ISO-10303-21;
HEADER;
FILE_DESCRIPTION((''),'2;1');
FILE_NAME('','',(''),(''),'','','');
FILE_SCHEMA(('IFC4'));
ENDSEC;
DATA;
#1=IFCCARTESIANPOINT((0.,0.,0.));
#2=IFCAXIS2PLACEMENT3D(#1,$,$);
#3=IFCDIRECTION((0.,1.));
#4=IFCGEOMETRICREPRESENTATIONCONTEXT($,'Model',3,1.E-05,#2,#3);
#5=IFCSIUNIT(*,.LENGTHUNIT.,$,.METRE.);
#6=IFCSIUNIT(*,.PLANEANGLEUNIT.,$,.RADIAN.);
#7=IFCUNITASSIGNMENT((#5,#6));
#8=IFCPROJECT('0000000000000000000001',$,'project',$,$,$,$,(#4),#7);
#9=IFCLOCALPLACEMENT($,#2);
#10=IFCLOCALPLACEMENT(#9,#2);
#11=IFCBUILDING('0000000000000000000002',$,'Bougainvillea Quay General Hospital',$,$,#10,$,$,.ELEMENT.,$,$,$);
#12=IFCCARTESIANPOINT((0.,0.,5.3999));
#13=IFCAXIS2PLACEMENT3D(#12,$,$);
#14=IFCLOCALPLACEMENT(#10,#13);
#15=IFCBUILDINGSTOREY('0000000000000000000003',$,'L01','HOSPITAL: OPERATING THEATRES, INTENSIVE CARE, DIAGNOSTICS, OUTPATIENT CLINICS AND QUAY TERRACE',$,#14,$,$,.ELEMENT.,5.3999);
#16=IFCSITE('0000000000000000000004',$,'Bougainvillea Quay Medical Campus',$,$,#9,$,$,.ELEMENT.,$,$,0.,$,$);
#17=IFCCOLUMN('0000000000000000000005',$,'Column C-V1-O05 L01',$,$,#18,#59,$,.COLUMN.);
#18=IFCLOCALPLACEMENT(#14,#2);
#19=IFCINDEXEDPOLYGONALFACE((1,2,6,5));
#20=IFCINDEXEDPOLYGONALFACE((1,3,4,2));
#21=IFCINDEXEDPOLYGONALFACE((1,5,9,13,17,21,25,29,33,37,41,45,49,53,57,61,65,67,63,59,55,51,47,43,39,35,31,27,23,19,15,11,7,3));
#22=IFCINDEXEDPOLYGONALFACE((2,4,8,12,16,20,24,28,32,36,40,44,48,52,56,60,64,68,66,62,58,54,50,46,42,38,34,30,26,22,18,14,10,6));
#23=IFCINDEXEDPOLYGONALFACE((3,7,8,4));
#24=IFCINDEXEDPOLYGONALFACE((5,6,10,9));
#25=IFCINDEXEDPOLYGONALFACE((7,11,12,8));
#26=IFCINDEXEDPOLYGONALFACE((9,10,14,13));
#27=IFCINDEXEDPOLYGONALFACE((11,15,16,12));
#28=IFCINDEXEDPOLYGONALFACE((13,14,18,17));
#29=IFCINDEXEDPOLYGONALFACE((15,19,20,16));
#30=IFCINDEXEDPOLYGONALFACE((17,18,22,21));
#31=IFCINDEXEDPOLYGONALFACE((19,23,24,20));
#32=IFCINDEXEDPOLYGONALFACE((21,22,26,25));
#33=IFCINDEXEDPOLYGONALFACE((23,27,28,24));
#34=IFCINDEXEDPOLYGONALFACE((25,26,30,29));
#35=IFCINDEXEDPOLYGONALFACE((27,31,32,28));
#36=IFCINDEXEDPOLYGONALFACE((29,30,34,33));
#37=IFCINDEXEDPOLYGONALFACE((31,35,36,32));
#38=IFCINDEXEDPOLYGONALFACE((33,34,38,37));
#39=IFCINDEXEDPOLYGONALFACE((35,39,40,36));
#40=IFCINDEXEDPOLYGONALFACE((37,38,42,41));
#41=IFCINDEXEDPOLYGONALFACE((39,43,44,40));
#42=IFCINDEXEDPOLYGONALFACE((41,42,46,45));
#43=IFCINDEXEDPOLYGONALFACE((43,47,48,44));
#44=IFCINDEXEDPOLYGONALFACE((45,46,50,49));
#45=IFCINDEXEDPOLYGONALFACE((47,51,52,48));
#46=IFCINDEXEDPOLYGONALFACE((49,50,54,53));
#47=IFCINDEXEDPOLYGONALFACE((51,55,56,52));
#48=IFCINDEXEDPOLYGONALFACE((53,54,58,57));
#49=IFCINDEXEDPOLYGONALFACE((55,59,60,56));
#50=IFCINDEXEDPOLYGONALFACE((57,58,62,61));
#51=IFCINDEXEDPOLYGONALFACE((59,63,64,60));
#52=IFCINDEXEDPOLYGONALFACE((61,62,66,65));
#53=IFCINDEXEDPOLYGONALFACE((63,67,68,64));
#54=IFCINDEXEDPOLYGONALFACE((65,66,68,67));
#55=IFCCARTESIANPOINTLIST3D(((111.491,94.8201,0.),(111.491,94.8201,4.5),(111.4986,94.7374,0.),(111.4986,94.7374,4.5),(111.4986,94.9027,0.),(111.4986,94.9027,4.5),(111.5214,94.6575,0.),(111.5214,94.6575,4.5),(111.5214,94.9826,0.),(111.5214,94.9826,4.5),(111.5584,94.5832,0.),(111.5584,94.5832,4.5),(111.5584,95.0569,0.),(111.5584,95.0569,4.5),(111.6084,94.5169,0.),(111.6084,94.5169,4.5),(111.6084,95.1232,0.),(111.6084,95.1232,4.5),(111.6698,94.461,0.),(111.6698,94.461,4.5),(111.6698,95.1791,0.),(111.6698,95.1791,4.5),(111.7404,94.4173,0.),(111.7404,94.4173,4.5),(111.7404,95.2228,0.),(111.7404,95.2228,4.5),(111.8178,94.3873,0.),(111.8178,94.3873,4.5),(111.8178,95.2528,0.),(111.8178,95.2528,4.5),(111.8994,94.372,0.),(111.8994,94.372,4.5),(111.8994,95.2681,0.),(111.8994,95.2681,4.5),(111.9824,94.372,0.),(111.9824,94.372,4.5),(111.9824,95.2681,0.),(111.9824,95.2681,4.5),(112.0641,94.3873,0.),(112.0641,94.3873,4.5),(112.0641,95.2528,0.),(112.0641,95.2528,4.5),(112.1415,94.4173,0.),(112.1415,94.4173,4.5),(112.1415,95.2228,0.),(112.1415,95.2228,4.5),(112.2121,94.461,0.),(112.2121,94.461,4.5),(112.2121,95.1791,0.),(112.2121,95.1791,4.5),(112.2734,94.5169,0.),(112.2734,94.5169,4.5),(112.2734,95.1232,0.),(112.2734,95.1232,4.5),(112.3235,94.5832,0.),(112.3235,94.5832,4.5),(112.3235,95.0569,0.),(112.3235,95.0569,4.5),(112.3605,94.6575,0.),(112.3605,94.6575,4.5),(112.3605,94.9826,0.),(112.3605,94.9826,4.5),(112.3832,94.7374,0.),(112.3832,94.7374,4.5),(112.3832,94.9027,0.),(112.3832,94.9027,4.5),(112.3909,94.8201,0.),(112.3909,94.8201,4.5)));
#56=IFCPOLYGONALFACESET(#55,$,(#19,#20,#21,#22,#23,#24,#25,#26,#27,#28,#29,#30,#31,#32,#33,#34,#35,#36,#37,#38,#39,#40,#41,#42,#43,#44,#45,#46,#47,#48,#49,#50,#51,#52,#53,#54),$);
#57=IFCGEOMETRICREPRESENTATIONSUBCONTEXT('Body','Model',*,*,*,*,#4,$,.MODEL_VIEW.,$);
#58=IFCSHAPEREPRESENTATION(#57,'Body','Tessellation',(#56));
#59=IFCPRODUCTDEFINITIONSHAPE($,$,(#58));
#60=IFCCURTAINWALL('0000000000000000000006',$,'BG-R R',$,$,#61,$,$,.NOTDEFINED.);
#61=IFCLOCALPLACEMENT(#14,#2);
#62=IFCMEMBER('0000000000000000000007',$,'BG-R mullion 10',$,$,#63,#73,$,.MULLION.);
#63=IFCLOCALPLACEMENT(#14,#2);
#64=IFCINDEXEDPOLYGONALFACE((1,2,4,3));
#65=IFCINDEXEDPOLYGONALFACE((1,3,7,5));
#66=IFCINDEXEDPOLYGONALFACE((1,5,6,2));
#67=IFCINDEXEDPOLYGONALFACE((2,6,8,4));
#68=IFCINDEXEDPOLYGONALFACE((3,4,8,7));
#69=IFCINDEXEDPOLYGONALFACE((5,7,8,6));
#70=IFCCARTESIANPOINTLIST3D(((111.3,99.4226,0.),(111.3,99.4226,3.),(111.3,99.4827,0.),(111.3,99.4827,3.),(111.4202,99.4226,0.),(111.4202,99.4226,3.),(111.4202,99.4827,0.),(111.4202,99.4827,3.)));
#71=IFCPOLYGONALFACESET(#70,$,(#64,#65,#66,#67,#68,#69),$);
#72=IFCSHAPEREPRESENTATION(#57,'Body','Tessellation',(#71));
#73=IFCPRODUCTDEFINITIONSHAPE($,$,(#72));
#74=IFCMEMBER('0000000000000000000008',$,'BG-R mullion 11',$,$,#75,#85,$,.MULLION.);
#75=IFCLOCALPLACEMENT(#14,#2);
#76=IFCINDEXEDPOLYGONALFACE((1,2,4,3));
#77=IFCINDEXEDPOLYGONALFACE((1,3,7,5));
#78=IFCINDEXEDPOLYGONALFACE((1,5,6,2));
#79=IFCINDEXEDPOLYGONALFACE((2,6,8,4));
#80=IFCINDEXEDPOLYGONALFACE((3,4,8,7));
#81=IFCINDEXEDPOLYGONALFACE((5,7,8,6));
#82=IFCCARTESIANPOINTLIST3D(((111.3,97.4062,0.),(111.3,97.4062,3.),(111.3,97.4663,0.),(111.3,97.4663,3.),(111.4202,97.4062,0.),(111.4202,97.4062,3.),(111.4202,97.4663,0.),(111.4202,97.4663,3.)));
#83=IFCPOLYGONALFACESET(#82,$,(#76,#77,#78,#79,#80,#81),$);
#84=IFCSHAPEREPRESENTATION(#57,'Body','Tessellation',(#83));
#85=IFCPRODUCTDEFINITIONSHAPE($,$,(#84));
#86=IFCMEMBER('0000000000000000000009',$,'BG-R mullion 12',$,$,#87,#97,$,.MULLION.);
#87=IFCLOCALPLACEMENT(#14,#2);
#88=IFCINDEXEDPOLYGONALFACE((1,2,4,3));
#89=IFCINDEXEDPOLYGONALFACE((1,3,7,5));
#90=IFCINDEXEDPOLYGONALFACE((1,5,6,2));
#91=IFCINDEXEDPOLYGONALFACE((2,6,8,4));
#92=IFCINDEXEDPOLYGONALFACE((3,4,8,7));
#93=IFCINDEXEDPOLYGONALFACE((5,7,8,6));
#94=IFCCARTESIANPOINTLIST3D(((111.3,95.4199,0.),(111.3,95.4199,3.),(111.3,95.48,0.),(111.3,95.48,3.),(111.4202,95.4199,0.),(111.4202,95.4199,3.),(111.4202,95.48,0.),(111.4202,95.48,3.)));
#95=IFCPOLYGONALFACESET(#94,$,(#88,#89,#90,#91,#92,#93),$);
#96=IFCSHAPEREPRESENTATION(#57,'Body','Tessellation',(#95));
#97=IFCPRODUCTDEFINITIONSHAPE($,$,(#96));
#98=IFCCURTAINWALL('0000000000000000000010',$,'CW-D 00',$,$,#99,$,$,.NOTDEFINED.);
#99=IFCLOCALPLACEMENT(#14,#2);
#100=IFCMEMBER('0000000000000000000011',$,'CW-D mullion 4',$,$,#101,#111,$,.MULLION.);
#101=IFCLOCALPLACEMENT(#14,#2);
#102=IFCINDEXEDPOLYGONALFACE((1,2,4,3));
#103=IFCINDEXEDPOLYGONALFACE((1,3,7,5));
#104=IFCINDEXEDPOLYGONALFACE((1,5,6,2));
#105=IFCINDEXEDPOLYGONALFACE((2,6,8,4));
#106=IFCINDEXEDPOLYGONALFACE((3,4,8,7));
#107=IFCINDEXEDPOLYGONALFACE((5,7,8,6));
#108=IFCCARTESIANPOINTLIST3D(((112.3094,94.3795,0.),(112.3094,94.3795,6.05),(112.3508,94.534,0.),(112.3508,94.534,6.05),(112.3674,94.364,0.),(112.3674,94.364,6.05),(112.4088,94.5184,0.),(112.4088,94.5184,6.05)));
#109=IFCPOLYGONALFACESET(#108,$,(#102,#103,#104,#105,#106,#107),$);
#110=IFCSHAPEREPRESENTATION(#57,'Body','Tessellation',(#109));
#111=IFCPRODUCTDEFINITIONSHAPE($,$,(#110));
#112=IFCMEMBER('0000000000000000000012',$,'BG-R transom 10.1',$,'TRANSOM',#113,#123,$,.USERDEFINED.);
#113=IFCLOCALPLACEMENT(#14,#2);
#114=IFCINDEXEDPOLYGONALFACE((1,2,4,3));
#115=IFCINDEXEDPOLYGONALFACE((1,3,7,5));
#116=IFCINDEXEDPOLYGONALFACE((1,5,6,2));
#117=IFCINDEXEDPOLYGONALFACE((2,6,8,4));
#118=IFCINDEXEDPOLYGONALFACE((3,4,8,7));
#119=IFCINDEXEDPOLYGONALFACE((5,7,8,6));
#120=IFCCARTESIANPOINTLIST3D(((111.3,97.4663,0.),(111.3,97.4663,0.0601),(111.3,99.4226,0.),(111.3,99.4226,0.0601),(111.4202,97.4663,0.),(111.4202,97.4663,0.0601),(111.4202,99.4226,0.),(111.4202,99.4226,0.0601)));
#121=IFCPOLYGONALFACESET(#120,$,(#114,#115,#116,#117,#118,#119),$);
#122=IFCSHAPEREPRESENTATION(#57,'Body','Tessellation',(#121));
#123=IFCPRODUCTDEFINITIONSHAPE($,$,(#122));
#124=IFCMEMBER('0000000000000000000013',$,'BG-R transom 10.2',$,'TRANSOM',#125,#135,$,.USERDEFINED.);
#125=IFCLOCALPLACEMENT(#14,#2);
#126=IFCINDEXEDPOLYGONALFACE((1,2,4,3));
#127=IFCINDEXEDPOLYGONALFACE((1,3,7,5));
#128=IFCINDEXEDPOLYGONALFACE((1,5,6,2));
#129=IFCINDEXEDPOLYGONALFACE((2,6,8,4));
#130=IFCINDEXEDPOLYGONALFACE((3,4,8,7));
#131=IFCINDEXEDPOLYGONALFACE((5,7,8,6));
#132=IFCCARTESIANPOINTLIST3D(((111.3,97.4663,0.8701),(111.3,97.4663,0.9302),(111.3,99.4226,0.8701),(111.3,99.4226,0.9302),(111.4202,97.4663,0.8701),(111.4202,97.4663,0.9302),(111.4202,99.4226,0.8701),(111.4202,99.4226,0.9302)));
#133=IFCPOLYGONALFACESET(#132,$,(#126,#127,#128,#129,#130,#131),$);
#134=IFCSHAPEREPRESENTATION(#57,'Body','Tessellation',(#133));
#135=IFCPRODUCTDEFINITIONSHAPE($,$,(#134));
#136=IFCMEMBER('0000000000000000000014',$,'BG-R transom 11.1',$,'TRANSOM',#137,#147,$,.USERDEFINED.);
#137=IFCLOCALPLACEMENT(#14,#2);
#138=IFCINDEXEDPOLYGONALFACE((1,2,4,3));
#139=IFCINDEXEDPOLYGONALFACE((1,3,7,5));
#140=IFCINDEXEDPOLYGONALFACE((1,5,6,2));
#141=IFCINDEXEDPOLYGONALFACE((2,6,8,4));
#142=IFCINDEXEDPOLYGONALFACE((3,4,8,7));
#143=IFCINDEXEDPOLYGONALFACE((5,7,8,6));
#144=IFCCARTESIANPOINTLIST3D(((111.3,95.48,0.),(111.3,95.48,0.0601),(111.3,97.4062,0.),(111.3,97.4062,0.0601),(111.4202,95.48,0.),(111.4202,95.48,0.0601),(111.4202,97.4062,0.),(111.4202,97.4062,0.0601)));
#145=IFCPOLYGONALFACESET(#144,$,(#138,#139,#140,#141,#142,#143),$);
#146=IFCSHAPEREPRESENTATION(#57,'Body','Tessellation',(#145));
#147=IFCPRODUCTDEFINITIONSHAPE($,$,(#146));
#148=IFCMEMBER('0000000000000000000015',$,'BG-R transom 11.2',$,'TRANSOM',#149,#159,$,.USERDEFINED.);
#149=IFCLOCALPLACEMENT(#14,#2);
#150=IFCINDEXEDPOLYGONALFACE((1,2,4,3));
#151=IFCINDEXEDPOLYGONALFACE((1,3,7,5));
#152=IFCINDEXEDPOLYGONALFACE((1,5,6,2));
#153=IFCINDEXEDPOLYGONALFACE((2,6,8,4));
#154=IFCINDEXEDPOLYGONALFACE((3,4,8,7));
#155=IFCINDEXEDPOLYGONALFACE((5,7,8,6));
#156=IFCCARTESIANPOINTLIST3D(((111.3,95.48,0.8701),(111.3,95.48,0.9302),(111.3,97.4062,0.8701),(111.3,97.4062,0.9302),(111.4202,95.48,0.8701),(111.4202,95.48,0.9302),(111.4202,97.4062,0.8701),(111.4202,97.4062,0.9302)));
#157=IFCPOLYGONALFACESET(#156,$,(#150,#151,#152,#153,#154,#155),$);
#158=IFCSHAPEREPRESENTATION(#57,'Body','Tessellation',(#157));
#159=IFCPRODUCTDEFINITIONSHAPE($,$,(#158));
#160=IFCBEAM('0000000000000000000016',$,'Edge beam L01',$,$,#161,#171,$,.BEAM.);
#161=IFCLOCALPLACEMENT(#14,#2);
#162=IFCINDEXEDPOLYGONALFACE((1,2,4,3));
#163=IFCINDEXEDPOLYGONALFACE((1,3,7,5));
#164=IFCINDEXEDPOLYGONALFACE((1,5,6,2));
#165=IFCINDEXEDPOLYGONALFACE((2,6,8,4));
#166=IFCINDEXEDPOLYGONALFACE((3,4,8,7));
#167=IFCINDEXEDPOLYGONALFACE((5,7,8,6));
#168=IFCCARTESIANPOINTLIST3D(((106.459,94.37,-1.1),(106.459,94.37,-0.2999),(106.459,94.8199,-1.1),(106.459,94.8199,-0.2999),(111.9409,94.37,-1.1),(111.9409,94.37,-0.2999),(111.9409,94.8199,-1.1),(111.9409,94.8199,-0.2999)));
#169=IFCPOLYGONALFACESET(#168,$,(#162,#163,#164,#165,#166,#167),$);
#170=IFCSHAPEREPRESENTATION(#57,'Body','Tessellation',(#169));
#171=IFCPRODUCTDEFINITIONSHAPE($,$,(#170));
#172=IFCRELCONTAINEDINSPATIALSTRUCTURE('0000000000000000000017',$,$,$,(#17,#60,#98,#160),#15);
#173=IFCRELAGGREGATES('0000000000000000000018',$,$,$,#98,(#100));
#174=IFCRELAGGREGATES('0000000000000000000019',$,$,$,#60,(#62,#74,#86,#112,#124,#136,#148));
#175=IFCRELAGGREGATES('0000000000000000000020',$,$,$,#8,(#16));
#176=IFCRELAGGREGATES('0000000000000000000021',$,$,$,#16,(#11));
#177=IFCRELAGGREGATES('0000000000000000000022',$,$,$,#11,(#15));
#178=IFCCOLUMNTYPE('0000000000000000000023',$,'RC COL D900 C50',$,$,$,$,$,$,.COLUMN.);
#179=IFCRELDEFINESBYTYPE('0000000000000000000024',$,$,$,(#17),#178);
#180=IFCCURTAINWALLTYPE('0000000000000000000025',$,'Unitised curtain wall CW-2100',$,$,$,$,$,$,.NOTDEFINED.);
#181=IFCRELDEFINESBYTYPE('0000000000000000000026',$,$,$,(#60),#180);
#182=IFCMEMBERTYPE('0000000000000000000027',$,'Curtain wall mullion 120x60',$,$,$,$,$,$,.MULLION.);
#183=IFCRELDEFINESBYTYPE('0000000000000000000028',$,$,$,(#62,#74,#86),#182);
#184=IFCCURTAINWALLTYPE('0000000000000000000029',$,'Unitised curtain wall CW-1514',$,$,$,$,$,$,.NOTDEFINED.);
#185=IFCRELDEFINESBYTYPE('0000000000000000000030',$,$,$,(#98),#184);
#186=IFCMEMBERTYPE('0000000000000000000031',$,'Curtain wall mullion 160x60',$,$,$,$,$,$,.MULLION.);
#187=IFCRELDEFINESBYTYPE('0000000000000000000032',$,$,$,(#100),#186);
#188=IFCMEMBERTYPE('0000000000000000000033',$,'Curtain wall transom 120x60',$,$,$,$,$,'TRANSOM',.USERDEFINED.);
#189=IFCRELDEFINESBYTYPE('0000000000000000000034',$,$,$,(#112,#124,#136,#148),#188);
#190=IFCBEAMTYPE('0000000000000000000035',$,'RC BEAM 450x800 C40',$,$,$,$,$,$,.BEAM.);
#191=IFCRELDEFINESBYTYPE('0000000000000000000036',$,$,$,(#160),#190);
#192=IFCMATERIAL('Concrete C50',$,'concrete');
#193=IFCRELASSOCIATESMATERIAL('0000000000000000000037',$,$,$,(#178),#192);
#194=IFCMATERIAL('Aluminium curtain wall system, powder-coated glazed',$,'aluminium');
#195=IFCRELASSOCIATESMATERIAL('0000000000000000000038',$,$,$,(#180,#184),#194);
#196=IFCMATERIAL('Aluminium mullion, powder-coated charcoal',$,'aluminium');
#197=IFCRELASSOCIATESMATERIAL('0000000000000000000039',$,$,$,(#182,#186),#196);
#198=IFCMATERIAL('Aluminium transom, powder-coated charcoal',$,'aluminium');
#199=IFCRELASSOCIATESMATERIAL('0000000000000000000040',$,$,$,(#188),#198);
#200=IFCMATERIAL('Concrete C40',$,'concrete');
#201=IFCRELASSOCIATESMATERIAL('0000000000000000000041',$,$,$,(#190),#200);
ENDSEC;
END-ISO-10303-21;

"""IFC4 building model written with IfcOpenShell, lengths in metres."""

from ifc_helpers import new_model, si_unit, direction, frame, origin, origin_2d, place, context, subcontext, project, spatial, rectangle, circle, extrude, material, material_profile, profile_set, type_object, element, aggregate, save


model = new_model("IFC4")

# Units and contexts
model_context = context("Model", 3, precision=1e-05, world=origin(), true_north=direction((0.0, 1.0)))
body_context = subcontext(model_context, "Body", "Model", "MODEL_VIEW")
ifc_project = project(units=[si_unit("LENGTHUNIT", "METRE"), si_unit("PLANEANGLEUNIT", "RADIAN")], contexts=[model_context])

# Site, building, storey
site_placement = place(None, origin())
site = spatial("IfcSite", under=ifc_project, at=site_placement, Name="Bougainvillea Quay Medical Campus", CompositionType="ELEMENT", RefElevation=0.0)
building_placement = place(site_placement, origin())
building = spatial("IfcBuilding", under=site, at=building_placement, Name="Bougainvillea Quay General Hospital", CompositionType="ELEMENT")
storey_placement = place(building_placement, frame((0.0, 0.0, 5.3999)))
storey = spatial("IfcBuildingStorey", under=building, at=storey_placement, Name="L01", Description="HOSPITAL: OPERATING THEATRES, INTENSIVE CARE, DIAGNOSTICS, OUTPATIENT CLINICS AND QUAY TERRACE", CompositionType="ELEMENT", Elevation=5.3999)

# Column
ifc_material_1 = material(Name="Concrete C50", Category="concrete")
ifc_material_profile_1 = material_profile(ifc_material_1, circle(Radius=0.45, at=origin_2d()))
ifc_profile_set_1 = profile_set([ifc_material_profile_1], Name="Concrete C50")
column_type = type_object("IfcColumnType", Name="RC COL D900 C50", PredefinedType="COLUMN", material=ifc_profile_set_1)
column_placement = place(storey_placement, frame((111.9409, 94.8201, 0.0), z_axis=(0.0, 0.0, 1.0), x_axis=(1.0, 0.0, 0.0)))
element("IfcColumn", 1, at=column_placement, inside=storey, type_object=column_type, Name="Column C-V1-O05 L01", PredefinedType="COLUMN", context=body_context, shape_type="SweptSolid", body=[
    extrude(circle(Radius=0.45, at=origin_2d()), origin(), (0.0, 0.0, 1.0), 4.5),
])

# Curtain wall, members
ifc_material_2 = material(Name="Aluminium curtain wall system, powder-coated glazed", Category="aluminium")
curtain_wall_type_1 = type_object("IfcCurtainWallType", Name="Unitised curtain wall CW-2100", PredefinedType="NOTDEFINED", material=ifc_material_2)
curtain_wall_1_placement = place(storey_placement, origin())
curtain_wall_1 = element("IfcCurtainWall", 2, at=curtain_wall_1_placement, inside=storey, type_object=curtain_wall_type_1, Name="BG-R R", PredefinedType="NOTDEFINED")
ifc_material_3 = material(Name="Aluminium mullion, powder-coated charcoal", Category="aluminium")
ifc_material_profile_2 = material_profile(ifc_material_3, rectangle(XDim=0.1201, YDim=0.0601, at=origin_2d()))
ifc_profile_set_2 = profile_set([ifc_material_profile_2], Name="Aluminium mullion, powder-coated charcoal")
member_type_1 = type_object("IfcMemberType", Name="Curtain wall mullion 120x60", PredefinedType="MULLION", material=ifc_profile_set_2)
member_1_placement = place(storey_placement, frame((111.3601, 99.4526, 0.0), z_axis=(0.0, 0.0, 1.0), x_axis=(1.0, 0.0, 0.0)))
member_1 = element("IfcMember", 3, at=member_1_placement, type_object=member_type_1, Name="BG-R mullion 10", PredefinedType="MULLION", context=body_context, shape_type="SweptSolid", body=[
    extrude(rectangle(XDim=0.1201, YDim=0.0601, at=origin_2d()), origin(), (0.0, 0.0, 1.0), 3.0),
])
member_2_placement = place(storey_placement, frame((111.3601, 97.4363, 0.0), z_axis=(0.0, 0.0, 1.0), x_axis=(1.0, 0.0, 0.0)))
member_2 = element("IfcMember", 4, at=member_2_placement, type_object=member_type_1, Name="BG-R mullion 11", PredefinedType="MULLION", context=body_context, shape_type="SweptSolid", body=[
    extrude(rectangle(XDim=0.1201, YDim=0.0601, at=origin_2d()), origin(), (0.0, 0.0, 1.0), 3.0),
])
member_3_placement = place(storey_placement, frame((111.3601, 95.45, 0.0), z_axis=(0.0, 0.0, 1.0), x_axis=(1.0, 0.0, 0.0)))
member_3 = element("IfcMember", 5, at=member_3_placement, type_object=member_type_1, Name="BG-R mullion 12", PredefinedType="MULLION", context=body_context, shape_type="SweptSolid", body=[
    extrude(rectangle(XDim=0.1201, YDim=0.0601, at=origin_2d()), origin(), (0.0, 0.0, 1.0), 3.0),
])

# Curtain wall, member
curtain_wall_type_2 = type_object("IfcCurtainWallType", Name="Unitised curtain wall CW-1514", PredefinedType="NOTDEFINED", material=ifc_material_2)
curtain_wall_2_placement = place(storey_placement, origin())
curtain_wall_2 = element("IfcCurtainWall", 6, at=curtain_wall_2_placement, inside=storey, type_object=curtain_wall_type_2, Name="CW-D 00", PredefinedType="NOTDEFINED")
ifc_material_profile_3 = material_profile(ifc_material_3, rectangle(XDim=0.1599, YDim=0.0601, at=origin_2d()))
ifc_profile_set_3 = profile_set([ifc_material_profile_3], Name="Aluminium mullion, powder-coated charcoal")
member_type_2 = type_object("IfcMemberType", Name="Curtain wall mullion 160x60", PredefinedType="MULLION", material=ifc_profile_set_3)
member_4_placement = place(storey_placement, frame((112.3591, 94.449, 0.0), z_axis=(0.0, 0.0, 1.0), x_axis=(-0.258855, -0.965916, 0.0)))
member_4 = element("IfcMember", 7, at=member_4_placement, type_object=member_type_2, Name="CW-D mullion 4", PredefinedType="MULLION", context=body_context, shape_type="SweptSolid", body=[
    extrude(rectangle(XDim=0.1599, YDim=0.0601, at=origin_2d()), origin(), (0.0, 0.0, 1.0), 6.05),
])

# Members
ifc_material_4 = material(Name="Aluminium transom, powder-coated charcoal", Category="aluminium")
ifc_material_profile_4 = material_profile(ifc_material_4, rectangle(XDim=0.1201, YDim=0.0601, at=origin_2d()))
ifc_profile_set_4 = profile_set([ifc_material_profile_4], Name="Aluminium transom, powder-coated charcoal")
member_type_3 = type_object("IfcMemberType", Name="Curtain wall transom 120x60", ElementType="TRANSOM", PredefinedType="USERDEFINED", material=ifc_profile_set_4)
member_5_placement = place(storey_placement, frame((111.3601, 99.4226, 0.03), z_axis=(0.0, -1.0, 0.0), x_axis=(1.0, 0.0, 0.0)))
member_5 = element("IfcMember", 8, at=member_5_placement, type_object=member_type_3, Name="BG-R transom 10.1", ObjectType="TRANSOM", PredefinedType="USERDEFINED", context=body_context, shape_type="SweptSolid", body=[
    extrude(rectangle(XDim=0.1201, YDim=0.0601, at=origin_2d()), origin(), (0.0, 0.0, 1.0), 1.9563),
])
member_6_placement = place(storey_placement, frame((111.3601, 99.4226, 0.9001), z_axis=(0.0, -1.0, 0.0), x_axis=(1.0, 0.0, 0.0)))
member_6 = element("IfcMember", 9, at=member_6_placement, type_object=member_type_3, Name="BG-R transom 10.2", ObjectType="TRANSOM", PredefinedType="USERDEFINED", context=body_context, shape_type="SweptSolid", body=[
    extrude(rectangle(XDim=0.1201, YDim=0.0601, at=origin_2d()), origin(), (0.0, 0.0, 1.0), 1.9563),
])
member_7_placement = place(storey_placement, frame((111.3601, 97.4062, 0.03), z_axis=(0.0, -1.0, 0.0), x_axis=(1.0, 0.0, 0.0)))
member_7 = element("IfcMember", 10, at=member_7_placement, type_object=member_type_3, Name="BG-R transom 11.1", ObjectType="TRANSOM", PredefinedType="USERDEFINED", context=body_context, shape_type="SweptSolid", body=[
    extrude(rectangle(XDim=0.1201, YDim=0.0601, at=origin_2d()), origin(), (0.0, 0.0, 1.0), 1.9263),
])
member_8_placement = place(storey_placement, frame((111.3601, 97.4062, 0.9001), z_axis=(0.0, -1.0, 0.0), x_axis=(1.0, 0.0, 0.0)))
member_8 = element("IfcMember", 11, at=member_8_placement, type_object=member_type_3, Name="BG-R transom 11.2", ObjectType="TRANSOM", PredefinedType="USERDEFINED", context=body_context, shape_type="SweptSolid", body=[
    extrude(rectangle(XDim=0.1201, YDim=0.0601, at=origin_2d()), origin(), (0.0, 0.0, 1.0), 1.9263),
])

# Beam
ifc_material_5 = material(Name="Concrete C40", Category="concrete")
ifc_material_profile_5 = material_profile(ifc_material_5, rectangle(XDim=0.45, YDim=0.8, at=origin_2d()))
ifc_profile_set_5 = profile_set([ifc_material_profile_5], Name="Concrete C40")
beam_type = type_object("IfcBeamType", Name="RC BEAM 450x800 C40", PredefinedType="BEAM", material=ifc_profile_set_5)
beam_placement = place(storey_placement, frame((111.9409, 94.595, -0.7), z_axis=(-1.0, 0.0, 0.0), x_axis=(0.0, -1.0, 0.0)))
element("IfcBeam", 12, at=beam_placement, inside=storey, type_object=beam_type, Name="Edge beam L01", PredefinedType="BEAM", context=body_context, shape_type="SweptSolid", body=[
    extrude(rectangle(XDim=0.45, YDim=0.8, at=origin_2d()), origin(), (0.0, 0.0, 1.0), 5.4819),
])

aggregate(curtain_wall_2, [member_4])
aggregate(curtain_wall_1, [member_1, member_2, member_3, member_5, member_6, member_7, member_8])

save(model, "model.ifc")
